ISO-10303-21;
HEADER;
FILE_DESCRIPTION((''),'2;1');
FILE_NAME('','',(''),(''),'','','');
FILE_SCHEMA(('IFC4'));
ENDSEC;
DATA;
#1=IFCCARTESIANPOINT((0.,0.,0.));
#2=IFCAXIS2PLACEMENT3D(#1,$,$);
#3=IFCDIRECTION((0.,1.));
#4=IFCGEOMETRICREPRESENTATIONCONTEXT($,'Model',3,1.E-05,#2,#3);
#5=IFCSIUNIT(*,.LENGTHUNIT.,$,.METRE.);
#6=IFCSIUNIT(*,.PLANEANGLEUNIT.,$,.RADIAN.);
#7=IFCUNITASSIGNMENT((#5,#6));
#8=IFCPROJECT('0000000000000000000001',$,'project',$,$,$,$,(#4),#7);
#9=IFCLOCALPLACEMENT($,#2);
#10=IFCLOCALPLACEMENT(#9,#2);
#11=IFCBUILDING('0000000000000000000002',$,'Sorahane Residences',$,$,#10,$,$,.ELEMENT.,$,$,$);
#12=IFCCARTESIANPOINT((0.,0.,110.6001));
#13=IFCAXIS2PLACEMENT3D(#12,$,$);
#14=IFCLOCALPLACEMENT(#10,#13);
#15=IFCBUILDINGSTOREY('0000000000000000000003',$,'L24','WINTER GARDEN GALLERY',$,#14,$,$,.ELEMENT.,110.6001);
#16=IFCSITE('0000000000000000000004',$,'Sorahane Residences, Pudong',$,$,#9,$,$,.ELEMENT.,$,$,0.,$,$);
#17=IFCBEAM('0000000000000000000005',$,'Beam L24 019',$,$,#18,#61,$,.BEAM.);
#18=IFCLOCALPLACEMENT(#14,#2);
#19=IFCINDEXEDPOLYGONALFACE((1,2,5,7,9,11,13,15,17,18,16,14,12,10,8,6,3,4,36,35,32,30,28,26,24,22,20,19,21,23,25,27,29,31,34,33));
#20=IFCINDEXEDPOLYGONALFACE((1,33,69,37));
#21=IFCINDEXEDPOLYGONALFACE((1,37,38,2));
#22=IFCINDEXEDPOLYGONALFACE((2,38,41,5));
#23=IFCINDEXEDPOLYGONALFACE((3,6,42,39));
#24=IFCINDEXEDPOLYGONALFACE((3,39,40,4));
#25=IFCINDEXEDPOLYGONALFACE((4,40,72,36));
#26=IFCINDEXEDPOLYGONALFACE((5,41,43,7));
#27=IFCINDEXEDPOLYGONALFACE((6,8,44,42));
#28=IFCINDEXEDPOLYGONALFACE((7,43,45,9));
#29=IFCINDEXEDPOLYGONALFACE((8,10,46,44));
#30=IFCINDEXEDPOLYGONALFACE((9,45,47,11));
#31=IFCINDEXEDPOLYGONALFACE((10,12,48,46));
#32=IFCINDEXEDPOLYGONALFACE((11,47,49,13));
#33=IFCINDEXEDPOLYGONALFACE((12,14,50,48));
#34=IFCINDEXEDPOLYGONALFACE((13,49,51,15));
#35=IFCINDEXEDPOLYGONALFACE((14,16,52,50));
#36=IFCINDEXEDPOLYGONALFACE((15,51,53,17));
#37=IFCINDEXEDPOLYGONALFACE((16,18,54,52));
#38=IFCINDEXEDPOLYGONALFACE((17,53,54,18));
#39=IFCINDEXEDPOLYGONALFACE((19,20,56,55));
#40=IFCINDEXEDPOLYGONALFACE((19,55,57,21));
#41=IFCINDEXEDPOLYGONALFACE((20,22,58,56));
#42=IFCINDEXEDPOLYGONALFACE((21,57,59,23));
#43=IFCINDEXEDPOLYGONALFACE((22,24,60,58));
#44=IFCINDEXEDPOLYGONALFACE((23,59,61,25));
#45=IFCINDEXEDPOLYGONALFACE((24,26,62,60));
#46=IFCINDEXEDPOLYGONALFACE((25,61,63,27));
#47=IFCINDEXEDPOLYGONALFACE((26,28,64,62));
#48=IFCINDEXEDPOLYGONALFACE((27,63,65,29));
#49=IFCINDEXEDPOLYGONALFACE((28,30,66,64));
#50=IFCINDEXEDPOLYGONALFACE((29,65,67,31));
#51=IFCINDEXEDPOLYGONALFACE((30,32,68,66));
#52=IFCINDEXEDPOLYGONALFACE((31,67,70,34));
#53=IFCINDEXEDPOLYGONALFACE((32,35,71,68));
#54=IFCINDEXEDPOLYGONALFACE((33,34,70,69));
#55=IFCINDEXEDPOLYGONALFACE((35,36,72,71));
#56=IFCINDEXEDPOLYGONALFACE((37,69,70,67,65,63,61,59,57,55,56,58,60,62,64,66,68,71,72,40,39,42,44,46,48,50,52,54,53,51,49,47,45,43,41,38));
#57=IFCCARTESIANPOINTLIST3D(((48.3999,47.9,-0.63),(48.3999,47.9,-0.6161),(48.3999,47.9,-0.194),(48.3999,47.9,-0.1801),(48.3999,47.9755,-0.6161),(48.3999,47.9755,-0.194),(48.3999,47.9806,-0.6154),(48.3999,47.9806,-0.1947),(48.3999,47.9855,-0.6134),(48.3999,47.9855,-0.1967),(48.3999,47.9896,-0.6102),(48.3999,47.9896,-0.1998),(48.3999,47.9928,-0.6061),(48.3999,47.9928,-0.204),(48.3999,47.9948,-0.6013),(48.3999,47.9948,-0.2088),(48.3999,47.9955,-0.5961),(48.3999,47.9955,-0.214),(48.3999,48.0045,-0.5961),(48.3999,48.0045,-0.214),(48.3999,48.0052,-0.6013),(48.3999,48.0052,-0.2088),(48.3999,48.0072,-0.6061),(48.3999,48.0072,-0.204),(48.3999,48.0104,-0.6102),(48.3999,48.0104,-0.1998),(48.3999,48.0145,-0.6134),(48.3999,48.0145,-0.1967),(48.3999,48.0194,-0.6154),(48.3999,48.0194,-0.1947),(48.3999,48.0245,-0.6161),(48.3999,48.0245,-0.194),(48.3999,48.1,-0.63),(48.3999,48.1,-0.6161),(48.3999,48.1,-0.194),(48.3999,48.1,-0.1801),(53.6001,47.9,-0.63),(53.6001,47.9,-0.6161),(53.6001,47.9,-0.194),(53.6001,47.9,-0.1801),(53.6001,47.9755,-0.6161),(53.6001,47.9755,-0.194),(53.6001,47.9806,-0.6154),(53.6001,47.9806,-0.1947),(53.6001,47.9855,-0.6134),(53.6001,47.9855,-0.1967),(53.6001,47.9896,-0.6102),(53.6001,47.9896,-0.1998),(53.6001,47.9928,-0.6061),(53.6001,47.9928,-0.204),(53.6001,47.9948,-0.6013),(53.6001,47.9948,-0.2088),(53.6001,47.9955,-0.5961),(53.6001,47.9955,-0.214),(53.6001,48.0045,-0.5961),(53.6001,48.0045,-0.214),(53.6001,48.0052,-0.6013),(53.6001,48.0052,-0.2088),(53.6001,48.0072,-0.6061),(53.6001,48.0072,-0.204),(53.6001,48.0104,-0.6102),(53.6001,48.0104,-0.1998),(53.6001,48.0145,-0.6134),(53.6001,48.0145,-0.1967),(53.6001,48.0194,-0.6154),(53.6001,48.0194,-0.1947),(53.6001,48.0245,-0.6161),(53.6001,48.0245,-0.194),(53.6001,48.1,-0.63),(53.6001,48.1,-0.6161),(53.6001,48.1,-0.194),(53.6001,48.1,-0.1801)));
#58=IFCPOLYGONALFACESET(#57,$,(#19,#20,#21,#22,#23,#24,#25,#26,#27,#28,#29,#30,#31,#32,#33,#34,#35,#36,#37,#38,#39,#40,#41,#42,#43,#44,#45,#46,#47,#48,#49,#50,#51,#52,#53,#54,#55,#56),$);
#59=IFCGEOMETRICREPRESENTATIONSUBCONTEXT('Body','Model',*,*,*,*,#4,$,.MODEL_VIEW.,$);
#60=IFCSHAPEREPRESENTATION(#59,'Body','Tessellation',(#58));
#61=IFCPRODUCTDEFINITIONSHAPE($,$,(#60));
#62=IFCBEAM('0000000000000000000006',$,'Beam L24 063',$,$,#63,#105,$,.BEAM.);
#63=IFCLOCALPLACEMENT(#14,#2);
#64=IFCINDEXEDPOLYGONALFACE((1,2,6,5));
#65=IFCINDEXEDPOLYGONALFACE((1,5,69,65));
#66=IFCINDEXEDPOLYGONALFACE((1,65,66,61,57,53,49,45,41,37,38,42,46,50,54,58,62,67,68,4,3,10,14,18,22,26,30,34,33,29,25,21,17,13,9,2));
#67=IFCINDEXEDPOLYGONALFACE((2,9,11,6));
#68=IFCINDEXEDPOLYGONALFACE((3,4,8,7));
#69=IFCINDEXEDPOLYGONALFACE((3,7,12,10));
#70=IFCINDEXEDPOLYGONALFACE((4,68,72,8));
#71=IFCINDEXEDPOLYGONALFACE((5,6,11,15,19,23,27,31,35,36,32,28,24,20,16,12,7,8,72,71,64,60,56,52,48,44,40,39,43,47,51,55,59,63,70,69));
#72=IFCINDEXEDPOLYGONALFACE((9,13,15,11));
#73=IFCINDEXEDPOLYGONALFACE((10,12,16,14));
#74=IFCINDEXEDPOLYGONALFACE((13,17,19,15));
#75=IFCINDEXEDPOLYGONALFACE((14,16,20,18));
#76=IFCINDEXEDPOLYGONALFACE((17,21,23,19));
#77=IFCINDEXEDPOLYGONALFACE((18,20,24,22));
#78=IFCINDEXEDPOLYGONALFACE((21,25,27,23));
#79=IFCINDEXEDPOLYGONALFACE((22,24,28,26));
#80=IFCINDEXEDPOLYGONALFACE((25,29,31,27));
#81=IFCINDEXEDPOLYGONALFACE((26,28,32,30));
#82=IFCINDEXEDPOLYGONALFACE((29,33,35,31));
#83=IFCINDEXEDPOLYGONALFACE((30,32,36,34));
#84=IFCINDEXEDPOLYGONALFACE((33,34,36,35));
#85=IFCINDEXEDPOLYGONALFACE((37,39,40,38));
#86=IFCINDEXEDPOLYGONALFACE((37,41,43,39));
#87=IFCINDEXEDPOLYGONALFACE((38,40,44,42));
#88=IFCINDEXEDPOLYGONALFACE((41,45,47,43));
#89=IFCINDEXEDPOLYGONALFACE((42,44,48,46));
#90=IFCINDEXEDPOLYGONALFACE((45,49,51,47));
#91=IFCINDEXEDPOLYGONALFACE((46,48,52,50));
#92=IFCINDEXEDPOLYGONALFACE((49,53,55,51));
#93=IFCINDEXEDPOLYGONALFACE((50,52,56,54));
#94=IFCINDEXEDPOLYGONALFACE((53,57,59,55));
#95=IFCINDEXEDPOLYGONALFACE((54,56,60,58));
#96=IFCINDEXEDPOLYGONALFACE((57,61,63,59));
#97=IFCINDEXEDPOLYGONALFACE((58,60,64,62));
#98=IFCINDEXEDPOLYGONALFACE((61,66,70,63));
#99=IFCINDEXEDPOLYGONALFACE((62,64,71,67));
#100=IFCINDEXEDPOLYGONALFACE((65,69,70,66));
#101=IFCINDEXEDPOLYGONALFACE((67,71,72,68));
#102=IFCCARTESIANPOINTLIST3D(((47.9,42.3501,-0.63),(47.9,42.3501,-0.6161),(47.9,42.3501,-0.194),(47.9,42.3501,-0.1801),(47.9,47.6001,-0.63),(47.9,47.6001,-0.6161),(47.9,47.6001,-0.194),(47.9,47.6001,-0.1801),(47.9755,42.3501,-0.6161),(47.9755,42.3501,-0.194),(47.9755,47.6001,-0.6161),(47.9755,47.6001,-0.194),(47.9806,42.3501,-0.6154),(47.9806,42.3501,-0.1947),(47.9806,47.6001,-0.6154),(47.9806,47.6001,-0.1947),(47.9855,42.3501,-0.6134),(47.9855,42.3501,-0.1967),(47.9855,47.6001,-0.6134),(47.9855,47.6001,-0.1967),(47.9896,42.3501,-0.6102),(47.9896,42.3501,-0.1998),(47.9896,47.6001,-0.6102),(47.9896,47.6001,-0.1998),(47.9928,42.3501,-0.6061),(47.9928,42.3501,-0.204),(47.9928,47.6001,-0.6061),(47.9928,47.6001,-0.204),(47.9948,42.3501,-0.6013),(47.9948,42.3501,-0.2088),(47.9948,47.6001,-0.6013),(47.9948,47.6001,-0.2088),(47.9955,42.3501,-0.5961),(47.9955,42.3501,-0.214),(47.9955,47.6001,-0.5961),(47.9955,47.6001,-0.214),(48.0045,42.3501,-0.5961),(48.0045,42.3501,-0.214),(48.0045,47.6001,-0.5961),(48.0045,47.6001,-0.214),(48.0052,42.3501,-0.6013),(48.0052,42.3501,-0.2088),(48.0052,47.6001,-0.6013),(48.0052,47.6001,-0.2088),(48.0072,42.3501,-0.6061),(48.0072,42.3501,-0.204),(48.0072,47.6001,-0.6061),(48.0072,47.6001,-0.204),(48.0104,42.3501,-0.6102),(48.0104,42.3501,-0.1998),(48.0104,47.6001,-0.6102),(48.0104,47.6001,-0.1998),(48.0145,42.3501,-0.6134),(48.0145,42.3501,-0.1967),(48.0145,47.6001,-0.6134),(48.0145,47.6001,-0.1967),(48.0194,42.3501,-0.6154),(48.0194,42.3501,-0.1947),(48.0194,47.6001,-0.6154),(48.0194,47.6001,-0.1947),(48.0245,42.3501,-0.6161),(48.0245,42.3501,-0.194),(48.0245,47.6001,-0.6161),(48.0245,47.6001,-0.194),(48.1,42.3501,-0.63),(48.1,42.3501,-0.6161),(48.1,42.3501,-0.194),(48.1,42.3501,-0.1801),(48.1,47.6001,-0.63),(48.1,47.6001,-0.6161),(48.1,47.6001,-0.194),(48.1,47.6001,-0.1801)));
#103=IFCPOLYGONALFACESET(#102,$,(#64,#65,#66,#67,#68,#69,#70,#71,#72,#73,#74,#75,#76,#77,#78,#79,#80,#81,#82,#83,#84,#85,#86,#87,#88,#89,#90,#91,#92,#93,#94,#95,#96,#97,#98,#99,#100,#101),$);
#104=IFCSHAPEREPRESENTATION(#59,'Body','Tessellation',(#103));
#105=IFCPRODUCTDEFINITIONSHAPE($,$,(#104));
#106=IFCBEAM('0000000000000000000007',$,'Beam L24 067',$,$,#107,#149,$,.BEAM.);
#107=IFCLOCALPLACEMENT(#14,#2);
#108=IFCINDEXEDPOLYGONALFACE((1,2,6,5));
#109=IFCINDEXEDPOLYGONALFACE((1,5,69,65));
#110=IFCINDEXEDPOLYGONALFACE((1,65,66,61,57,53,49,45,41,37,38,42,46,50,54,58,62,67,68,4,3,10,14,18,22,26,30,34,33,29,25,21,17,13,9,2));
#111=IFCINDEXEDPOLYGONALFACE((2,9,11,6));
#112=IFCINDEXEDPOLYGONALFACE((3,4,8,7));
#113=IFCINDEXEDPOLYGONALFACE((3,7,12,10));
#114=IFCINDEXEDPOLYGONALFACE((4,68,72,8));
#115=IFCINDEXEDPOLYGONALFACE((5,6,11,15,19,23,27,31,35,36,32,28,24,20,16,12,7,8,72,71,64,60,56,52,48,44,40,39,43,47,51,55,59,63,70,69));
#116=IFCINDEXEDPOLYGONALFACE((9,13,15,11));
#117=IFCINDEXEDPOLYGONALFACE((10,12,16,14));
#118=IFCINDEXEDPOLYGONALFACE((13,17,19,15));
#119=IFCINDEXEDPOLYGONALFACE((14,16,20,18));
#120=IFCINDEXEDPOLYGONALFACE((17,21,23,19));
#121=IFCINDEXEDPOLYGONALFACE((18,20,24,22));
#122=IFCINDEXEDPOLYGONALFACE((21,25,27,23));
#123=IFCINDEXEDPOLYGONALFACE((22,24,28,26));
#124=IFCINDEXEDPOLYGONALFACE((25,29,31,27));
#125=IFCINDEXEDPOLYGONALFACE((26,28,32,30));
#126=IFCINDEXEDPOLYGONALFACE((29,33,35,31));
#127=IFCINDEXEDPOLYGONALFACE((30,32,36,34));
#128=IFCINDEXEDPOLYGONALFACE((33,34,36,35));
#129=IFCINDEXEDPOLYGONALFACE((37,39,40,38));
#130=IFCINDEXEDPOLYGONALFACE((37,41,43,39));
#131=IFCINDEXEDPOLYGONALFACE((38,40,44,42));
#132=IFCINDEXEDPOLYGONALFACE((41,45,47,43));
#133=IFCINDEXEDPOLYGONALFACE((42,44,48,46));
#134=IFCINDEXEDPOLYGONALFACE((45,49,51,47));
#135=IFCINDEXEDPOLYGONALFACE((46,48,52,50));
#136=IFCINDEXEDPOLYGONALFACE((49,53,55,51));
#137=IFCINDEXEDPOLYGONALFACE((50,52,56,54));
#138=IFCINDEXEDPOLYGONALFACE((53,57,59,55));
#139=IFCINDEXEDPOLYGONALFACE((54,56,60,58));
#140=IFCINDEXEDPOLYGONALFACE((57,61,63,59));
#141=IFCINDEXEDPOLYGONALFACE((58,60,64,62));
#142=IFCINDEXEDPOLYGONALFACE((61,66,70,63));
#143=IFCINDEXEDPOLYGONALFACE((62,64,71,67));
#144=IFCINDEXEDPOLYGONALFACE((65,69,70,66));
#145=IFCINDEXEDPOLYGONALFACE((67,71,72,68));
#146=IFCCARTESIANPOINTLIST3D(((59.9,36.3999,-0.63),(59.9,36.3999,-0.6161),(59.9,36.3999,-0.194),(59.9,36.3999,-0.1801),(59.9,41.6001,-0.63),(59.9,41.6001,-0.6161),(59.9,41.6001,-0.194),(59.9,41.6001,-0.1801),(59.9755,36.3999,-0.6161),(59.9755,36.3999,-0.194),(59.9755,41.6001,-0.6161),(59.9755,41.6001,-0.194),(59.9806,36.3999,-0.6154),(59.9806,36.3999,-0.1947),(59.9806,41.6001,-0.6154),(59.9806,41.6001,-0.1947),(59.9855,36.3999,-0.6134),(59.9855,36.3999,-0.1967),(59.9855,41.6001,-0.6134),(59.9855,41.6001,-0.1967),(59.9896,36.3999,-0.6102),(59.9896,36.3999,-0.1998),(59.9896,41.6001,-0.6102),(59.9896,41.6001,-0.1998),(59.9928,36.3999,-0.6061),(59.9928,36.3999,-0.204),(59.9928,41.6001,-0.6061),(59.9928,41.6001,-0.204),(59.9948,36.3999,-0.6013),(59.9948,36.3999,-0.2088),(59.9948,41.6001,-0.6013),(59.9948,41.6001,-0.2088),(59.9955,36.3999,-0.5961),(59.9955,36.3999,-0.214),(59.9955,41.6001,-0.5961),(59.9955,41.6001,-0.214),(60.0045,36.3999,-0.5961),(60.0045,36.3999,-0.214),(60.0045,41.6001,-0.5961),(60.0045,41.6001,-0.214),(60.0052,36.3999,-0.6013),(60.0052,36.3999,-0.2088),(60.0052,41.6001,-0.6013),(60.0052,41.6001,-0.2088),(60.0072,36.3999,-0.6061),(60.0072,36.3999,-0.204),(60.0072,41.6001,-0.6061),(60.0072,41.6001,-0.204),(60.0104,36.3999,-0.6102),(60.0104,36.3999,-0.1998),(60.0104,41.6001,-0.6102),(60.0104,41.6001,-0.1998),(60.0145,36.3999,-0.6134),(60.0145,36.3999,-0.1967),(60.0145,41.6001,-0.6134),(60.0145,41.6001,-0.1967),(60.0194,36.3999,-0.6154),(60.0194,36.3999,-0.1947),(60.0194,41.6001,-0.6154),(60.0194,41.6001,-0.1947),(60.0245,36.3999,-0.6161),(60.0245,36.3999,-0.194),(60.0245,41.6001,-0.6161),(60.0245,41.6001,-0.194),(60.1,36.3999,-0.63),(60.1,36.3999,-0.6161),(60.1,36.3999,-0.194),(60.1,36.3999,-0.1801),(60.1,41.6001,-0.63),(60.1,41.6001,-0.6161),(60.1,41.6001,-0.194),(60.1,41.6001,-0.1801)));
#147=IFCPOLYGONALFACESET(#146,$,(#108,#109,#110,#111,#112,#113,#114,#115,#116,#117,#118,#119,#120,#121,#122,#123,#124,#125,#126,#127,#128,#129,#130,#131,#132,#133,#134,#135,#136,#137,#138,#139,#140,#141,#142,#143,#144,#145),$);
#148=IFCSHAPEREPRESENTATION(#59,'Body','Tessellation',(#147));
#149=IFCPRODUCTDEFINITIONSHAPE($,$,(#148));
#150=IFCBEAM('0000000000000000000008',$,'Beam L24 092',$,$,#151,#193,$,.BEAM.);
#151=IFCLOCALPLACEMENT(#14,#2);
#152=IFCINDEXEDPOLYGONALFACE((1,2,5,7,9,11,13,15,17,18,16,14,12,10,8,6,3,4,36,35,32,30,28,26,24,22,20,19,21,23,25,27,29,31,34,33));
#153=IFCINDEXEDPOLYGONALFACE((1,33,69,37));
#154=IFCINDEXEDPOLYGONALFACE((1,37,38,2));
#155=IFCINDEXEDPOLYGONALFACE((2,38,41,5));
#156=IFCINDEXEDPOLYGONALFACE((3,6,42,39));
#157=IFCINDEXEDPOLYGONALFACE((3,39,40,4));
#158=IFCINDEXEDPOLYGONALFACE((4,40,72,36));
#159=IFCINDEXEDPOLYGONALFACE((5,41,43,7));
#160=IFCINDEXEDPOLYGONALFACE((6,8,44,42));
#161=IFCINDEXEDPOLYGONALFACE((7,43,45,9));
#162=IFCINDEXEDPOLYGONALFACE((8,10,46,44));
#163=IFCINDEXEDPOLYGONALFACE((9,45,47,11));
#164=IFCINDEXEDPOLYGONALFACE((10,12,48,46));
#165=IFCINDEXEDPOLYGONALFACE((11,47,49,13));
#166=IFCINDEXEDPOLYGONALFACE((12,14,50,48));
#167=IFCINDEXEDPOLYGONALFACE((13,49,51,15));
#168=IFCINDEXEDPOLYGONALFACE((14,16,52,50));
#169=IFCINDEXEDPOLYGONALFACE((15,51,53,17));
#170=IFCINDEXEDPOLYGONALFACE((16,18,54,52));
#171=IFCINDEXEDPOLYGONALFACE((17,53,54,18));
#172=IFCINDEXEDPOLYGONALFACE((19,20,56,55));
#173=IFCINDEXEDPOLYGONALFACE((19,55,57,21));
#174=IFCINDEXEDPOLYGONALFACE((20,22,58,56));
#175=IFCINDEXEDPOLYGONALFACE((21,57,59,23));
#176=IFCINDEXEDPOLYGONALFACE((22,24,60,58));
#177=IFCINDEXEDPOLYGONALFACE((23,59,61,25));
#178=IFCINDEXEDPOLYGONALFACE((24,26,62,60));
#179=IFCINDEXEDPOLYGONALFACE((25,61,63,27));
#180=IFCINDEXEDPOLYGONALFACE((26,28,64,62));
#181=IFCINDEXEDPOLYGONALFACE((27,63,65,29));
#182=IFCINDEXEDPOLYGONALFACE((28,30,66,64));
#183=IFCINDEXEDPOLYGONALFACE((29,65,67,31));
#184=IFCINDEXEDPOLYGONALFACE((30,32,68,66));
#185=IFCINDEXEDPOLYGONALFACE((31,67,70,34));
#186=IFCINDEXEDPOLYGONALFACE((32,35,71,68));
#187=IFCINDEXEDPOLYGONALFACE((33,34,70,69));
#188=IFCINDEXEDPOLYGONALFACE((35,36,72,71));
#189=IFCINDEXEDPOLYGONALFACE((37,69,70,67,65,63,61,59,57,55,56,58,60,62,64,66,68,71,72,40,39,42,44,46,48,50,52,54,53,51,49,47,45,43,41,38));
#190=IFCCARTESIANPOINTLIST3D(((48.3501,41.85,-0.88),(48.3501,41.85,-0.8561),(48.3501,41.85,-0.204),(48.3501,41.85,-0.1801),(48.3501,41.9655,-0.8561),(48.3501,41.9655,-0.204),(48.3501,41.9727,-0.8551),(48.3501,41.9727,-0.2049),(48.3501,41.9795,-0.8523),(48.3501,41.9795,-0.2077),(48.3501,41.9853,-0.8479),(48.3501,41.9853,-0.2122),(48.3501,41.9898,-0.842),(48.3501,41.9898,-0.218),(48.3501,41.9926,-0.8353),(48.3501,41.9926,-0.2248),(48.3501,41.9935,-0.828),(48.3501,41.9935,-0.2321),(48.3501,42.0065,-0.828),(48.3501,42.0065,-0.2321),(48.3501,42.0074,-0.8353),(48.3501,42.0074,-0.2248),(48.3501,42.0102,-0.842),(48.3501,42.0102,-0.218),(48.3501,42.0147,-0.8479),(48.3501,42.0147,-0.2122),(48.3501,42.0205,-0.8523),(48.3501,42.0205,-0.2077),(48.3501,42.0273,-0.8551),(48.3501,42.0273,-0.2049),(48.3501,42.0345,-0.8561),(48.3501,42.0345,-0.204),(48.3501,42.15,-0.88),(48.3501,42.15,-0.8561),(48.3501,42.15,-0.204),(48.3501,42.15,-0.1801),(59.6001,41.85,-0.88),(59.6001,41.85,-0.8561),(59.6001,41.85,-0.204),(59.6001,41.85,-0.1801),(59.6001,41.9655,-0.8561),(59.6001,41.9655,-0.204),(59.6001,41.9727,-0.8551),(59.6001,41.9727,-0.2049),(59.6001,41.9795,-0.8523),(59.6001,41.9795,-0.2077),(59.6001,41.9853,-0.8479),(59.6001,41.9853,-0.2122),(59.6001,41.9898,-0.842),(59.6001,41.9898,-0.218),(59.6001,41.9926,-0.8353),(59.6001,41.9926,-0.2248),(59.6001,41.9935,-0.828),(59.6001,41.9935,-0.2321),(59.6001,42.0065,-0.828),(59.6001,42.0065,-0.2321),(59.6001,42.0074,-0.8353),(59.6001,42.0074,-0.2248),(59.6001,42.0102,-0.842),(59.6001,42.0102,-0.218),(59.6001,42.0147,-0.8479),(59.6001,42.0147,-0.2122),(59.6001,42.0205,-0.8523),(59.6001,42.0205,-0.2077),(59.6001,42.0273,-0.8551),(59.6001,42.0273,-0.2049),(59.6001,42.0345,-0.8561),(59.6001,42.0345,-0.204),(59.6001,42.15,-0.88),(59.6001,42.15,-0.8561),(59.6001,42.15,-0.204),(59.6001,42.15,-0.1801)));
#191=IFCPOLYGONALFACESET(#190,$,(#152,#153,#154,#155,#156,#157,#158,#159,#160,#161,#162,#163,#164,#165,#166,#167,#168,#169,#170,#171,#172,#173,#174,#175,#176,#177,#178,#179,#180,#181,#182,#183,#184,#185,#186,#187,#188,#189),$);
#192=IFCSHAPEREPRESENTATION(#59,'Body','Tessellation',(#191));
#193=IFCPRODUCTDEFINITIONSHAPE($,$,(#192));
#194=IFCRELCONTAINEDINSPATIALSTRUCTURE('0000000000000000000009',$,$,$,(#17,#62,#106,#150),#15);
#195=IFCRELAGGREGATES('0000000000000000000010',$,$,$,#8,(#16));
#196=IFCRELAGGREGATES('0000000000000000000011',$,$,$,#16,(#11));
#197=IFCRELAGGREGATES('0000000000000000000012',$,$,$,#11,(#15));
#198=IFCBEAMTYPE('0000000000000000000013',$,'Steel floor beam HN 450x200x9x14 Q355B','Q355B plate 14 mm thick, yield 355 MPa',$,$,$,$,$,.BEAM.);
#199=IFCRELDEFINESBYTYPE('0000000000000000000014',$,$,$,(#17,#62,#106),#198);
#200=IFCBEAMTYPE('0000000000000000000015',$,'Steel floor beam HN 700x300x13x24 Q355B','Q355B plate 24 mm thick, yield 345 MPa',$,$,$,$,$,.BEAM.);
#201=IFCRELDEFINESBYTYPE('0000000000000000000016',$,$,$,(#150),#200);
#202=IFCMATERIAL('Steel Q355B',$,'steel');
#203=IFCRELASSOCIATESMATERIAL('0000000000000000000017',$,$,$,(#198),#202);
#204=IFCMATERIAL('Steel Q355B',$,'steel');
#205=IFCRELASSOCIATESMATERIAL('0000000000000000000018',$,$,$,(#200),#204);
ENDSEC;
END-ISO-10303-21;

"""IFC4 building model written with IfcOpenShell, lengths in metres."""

from ifc_helpers import new_model, si_unit, direction, frame, origin, origin_2d, place, context, subcontext, project, spatial, i_section, extrude, material, material_profile, profile_set, type_object, element, save


model = new_model("IFC4")

# Units and contexts
model_context = context("Model", 3, precision=1e-05, world=origin(), true_north=direction((0.0, 1.0)))
body_context = subcontext(model_context, "Body", "Model", "MODEL_VIEW")
ifc_project = project(units=[si_unit("LENGTHUNIT", "METRE"), si_unit("PLANEANGLEUNIT", "RADIAN")], contexts=[model_context])

# Site, building, storey
site_placement = place(None, origin())
site = spatial("IfcSite", under=ifc_project, at=site_placement, Name="Sorahane Residences, Pudong", CompositionType="ELEMENT", RefElevation=0.0)
building_placement = place(site_placement, origin())
building = spatial("IfcBuilding", under=site, at=building_placement, Name="Sorahane Residences", CompositionType="ELEMENT")
storey_placement = place(building_placement, frame((0.0, 0.0, 110.6001)))
storey = spatial("IfcBuildingStorey", under=building, at=storey_placement, Name="L24", Description="WINTER GARDEN GALLERY", CompositionType="ELEMENT", Elevation=110.6001)

# Beams
ifc_material_1 = material(Name="Steel Q355B", Category="steel")
ifc_material_profile_1 = material_profile(ifc_material_1, i_section(OverallWidth=0.2, OverallDepth=0.45, WebThickness=0.009, FlangeThickness=0.0139, FilletRadius=0.02, at=origin_2d()), Name="HN 450x200x9x14")
ifc_profile_set_1 = profile_set([ifc_material_profile_1], Name="Steel Q355B")
beam_type_1 = type_object("IfcBeamType", Name="Steel floor beam HN 450x200x9x14 Q355B", Description="Q355B plate 14 mm thick, yield 355 MPa", PredefinedType="BEAM", material=ifc_profile_set_1)
beam_1_placement = place(storey_placement, frame((48.3999, 48.0, -0.405), z_axis=(1.0, 0.0, 0.0), x_axis=(0.0, 1.0, 0.0)))
element("IfcBeam", 1, at=beam_1_placement, inside=storey, type_object=beam_type_1, Name="Beam L24 019", PredefinedType="BEAM", context=body_context, shape_type="SweptSolid", body=[
    extrude(i_section(OverallWidth=0.2, OverallDepth=0.45, WebThickness=0.009, FlangeThickness=0.0139, FilletRadius=0.02, at=origin_2d()), origin(), (0.0, 0.0, 1.0), 5.2002),
])
beam_2_placement = place(storey_placement, frame((48.0, 42.3501, -0.405), z_axis=(0.0, 1.0, 0.0), x_axis=(-1.0, 0.0, 0.0)))
element("IfcBeam", 2, at=beam_2_placement, inside=storey, type_object=beam_type_1, Name="Beam L24 063", PredefinedType="BEAM", context=body_context, shape_type="SweptSolid", body=[
    extrude(i_section(OverallWidth=0.2, OverallDepth=0.45, WebThickness=0.009, FlangeThickness=0.0139, FilletRadius=0.02, at=origin_2d()), origin(), (0.0, 0.0, 1.0), 5.25),
])
beam_3_placement = place(storey_placement, frame((60.0, 36.3999, -0.405), z_axis=(0.0, 1.0, 0.0), x_axis=(-1.0, 0.0, 0.0)))
element("IfcBeam", 3, at=beam_3_placement, inside=storey, type_object=beam_type_1, Name="Beam L24 067", PredefinedType="BEAM", context=body_context, shape_type="SweptSolid", body=[
    extrude(i_section(OverallWidth=0.2, OverallDepth=0.45, WebThickness=0.009, FlangeThickness=0.0139, FilletRadius=0.02, at=origin_2d()), origin(), (0.0, 0.0, 1.0), 5.2002),
])
ifc_material_2 = material(Name="Steel Q355B", Category="steel")
ifc_material_profile_2 = material_profile(ifc_material_2, i_section(OverallWidth=0.3, OverallDepth=0.7, WebThickness=0.0129, FlangeThickness=0.0239, FilletRadius=0.0281, at=origin_2d()), Name="HN 700x300x13x24")
ifc_profile_set_2 = profile_set([ifc_material_profile_2], Name="Steel Q355B")
beam_type_2 = type_object("IfcBeamType", Name="Steel floor beam HN 700x300x13x24 Q355B", Description="Q355B plate 24 mm thick, yield 345 MPa", PredefinedType="BEAM", material=ifc_profile_set_2)
beam_4_placement = place(storey_placement, frame((48.3501, 42.0, -0.53), z_axis=(1.0, 0.0, 0.0), x_axis=(0.0, 1.0, 0.0)))
element("IfcBeam", 4, at=beam_4_placement, inside=storey, type_object=beam_type_2, Name="Beam L24 092", PredefinedType="BEAM", context=body_context, shape_type="SweptSolid", body=[
    extrude(i_section(OverallWidth=0.3, OverallDepth=0.7, WebThickness=0.0129, FlangeThickness=0.0239, FilletRadius=0.0281, at=origin_2d()), origin(), (0.0, 0.0, 1.0), 11.25),
])

save(model, "model.ifc")
